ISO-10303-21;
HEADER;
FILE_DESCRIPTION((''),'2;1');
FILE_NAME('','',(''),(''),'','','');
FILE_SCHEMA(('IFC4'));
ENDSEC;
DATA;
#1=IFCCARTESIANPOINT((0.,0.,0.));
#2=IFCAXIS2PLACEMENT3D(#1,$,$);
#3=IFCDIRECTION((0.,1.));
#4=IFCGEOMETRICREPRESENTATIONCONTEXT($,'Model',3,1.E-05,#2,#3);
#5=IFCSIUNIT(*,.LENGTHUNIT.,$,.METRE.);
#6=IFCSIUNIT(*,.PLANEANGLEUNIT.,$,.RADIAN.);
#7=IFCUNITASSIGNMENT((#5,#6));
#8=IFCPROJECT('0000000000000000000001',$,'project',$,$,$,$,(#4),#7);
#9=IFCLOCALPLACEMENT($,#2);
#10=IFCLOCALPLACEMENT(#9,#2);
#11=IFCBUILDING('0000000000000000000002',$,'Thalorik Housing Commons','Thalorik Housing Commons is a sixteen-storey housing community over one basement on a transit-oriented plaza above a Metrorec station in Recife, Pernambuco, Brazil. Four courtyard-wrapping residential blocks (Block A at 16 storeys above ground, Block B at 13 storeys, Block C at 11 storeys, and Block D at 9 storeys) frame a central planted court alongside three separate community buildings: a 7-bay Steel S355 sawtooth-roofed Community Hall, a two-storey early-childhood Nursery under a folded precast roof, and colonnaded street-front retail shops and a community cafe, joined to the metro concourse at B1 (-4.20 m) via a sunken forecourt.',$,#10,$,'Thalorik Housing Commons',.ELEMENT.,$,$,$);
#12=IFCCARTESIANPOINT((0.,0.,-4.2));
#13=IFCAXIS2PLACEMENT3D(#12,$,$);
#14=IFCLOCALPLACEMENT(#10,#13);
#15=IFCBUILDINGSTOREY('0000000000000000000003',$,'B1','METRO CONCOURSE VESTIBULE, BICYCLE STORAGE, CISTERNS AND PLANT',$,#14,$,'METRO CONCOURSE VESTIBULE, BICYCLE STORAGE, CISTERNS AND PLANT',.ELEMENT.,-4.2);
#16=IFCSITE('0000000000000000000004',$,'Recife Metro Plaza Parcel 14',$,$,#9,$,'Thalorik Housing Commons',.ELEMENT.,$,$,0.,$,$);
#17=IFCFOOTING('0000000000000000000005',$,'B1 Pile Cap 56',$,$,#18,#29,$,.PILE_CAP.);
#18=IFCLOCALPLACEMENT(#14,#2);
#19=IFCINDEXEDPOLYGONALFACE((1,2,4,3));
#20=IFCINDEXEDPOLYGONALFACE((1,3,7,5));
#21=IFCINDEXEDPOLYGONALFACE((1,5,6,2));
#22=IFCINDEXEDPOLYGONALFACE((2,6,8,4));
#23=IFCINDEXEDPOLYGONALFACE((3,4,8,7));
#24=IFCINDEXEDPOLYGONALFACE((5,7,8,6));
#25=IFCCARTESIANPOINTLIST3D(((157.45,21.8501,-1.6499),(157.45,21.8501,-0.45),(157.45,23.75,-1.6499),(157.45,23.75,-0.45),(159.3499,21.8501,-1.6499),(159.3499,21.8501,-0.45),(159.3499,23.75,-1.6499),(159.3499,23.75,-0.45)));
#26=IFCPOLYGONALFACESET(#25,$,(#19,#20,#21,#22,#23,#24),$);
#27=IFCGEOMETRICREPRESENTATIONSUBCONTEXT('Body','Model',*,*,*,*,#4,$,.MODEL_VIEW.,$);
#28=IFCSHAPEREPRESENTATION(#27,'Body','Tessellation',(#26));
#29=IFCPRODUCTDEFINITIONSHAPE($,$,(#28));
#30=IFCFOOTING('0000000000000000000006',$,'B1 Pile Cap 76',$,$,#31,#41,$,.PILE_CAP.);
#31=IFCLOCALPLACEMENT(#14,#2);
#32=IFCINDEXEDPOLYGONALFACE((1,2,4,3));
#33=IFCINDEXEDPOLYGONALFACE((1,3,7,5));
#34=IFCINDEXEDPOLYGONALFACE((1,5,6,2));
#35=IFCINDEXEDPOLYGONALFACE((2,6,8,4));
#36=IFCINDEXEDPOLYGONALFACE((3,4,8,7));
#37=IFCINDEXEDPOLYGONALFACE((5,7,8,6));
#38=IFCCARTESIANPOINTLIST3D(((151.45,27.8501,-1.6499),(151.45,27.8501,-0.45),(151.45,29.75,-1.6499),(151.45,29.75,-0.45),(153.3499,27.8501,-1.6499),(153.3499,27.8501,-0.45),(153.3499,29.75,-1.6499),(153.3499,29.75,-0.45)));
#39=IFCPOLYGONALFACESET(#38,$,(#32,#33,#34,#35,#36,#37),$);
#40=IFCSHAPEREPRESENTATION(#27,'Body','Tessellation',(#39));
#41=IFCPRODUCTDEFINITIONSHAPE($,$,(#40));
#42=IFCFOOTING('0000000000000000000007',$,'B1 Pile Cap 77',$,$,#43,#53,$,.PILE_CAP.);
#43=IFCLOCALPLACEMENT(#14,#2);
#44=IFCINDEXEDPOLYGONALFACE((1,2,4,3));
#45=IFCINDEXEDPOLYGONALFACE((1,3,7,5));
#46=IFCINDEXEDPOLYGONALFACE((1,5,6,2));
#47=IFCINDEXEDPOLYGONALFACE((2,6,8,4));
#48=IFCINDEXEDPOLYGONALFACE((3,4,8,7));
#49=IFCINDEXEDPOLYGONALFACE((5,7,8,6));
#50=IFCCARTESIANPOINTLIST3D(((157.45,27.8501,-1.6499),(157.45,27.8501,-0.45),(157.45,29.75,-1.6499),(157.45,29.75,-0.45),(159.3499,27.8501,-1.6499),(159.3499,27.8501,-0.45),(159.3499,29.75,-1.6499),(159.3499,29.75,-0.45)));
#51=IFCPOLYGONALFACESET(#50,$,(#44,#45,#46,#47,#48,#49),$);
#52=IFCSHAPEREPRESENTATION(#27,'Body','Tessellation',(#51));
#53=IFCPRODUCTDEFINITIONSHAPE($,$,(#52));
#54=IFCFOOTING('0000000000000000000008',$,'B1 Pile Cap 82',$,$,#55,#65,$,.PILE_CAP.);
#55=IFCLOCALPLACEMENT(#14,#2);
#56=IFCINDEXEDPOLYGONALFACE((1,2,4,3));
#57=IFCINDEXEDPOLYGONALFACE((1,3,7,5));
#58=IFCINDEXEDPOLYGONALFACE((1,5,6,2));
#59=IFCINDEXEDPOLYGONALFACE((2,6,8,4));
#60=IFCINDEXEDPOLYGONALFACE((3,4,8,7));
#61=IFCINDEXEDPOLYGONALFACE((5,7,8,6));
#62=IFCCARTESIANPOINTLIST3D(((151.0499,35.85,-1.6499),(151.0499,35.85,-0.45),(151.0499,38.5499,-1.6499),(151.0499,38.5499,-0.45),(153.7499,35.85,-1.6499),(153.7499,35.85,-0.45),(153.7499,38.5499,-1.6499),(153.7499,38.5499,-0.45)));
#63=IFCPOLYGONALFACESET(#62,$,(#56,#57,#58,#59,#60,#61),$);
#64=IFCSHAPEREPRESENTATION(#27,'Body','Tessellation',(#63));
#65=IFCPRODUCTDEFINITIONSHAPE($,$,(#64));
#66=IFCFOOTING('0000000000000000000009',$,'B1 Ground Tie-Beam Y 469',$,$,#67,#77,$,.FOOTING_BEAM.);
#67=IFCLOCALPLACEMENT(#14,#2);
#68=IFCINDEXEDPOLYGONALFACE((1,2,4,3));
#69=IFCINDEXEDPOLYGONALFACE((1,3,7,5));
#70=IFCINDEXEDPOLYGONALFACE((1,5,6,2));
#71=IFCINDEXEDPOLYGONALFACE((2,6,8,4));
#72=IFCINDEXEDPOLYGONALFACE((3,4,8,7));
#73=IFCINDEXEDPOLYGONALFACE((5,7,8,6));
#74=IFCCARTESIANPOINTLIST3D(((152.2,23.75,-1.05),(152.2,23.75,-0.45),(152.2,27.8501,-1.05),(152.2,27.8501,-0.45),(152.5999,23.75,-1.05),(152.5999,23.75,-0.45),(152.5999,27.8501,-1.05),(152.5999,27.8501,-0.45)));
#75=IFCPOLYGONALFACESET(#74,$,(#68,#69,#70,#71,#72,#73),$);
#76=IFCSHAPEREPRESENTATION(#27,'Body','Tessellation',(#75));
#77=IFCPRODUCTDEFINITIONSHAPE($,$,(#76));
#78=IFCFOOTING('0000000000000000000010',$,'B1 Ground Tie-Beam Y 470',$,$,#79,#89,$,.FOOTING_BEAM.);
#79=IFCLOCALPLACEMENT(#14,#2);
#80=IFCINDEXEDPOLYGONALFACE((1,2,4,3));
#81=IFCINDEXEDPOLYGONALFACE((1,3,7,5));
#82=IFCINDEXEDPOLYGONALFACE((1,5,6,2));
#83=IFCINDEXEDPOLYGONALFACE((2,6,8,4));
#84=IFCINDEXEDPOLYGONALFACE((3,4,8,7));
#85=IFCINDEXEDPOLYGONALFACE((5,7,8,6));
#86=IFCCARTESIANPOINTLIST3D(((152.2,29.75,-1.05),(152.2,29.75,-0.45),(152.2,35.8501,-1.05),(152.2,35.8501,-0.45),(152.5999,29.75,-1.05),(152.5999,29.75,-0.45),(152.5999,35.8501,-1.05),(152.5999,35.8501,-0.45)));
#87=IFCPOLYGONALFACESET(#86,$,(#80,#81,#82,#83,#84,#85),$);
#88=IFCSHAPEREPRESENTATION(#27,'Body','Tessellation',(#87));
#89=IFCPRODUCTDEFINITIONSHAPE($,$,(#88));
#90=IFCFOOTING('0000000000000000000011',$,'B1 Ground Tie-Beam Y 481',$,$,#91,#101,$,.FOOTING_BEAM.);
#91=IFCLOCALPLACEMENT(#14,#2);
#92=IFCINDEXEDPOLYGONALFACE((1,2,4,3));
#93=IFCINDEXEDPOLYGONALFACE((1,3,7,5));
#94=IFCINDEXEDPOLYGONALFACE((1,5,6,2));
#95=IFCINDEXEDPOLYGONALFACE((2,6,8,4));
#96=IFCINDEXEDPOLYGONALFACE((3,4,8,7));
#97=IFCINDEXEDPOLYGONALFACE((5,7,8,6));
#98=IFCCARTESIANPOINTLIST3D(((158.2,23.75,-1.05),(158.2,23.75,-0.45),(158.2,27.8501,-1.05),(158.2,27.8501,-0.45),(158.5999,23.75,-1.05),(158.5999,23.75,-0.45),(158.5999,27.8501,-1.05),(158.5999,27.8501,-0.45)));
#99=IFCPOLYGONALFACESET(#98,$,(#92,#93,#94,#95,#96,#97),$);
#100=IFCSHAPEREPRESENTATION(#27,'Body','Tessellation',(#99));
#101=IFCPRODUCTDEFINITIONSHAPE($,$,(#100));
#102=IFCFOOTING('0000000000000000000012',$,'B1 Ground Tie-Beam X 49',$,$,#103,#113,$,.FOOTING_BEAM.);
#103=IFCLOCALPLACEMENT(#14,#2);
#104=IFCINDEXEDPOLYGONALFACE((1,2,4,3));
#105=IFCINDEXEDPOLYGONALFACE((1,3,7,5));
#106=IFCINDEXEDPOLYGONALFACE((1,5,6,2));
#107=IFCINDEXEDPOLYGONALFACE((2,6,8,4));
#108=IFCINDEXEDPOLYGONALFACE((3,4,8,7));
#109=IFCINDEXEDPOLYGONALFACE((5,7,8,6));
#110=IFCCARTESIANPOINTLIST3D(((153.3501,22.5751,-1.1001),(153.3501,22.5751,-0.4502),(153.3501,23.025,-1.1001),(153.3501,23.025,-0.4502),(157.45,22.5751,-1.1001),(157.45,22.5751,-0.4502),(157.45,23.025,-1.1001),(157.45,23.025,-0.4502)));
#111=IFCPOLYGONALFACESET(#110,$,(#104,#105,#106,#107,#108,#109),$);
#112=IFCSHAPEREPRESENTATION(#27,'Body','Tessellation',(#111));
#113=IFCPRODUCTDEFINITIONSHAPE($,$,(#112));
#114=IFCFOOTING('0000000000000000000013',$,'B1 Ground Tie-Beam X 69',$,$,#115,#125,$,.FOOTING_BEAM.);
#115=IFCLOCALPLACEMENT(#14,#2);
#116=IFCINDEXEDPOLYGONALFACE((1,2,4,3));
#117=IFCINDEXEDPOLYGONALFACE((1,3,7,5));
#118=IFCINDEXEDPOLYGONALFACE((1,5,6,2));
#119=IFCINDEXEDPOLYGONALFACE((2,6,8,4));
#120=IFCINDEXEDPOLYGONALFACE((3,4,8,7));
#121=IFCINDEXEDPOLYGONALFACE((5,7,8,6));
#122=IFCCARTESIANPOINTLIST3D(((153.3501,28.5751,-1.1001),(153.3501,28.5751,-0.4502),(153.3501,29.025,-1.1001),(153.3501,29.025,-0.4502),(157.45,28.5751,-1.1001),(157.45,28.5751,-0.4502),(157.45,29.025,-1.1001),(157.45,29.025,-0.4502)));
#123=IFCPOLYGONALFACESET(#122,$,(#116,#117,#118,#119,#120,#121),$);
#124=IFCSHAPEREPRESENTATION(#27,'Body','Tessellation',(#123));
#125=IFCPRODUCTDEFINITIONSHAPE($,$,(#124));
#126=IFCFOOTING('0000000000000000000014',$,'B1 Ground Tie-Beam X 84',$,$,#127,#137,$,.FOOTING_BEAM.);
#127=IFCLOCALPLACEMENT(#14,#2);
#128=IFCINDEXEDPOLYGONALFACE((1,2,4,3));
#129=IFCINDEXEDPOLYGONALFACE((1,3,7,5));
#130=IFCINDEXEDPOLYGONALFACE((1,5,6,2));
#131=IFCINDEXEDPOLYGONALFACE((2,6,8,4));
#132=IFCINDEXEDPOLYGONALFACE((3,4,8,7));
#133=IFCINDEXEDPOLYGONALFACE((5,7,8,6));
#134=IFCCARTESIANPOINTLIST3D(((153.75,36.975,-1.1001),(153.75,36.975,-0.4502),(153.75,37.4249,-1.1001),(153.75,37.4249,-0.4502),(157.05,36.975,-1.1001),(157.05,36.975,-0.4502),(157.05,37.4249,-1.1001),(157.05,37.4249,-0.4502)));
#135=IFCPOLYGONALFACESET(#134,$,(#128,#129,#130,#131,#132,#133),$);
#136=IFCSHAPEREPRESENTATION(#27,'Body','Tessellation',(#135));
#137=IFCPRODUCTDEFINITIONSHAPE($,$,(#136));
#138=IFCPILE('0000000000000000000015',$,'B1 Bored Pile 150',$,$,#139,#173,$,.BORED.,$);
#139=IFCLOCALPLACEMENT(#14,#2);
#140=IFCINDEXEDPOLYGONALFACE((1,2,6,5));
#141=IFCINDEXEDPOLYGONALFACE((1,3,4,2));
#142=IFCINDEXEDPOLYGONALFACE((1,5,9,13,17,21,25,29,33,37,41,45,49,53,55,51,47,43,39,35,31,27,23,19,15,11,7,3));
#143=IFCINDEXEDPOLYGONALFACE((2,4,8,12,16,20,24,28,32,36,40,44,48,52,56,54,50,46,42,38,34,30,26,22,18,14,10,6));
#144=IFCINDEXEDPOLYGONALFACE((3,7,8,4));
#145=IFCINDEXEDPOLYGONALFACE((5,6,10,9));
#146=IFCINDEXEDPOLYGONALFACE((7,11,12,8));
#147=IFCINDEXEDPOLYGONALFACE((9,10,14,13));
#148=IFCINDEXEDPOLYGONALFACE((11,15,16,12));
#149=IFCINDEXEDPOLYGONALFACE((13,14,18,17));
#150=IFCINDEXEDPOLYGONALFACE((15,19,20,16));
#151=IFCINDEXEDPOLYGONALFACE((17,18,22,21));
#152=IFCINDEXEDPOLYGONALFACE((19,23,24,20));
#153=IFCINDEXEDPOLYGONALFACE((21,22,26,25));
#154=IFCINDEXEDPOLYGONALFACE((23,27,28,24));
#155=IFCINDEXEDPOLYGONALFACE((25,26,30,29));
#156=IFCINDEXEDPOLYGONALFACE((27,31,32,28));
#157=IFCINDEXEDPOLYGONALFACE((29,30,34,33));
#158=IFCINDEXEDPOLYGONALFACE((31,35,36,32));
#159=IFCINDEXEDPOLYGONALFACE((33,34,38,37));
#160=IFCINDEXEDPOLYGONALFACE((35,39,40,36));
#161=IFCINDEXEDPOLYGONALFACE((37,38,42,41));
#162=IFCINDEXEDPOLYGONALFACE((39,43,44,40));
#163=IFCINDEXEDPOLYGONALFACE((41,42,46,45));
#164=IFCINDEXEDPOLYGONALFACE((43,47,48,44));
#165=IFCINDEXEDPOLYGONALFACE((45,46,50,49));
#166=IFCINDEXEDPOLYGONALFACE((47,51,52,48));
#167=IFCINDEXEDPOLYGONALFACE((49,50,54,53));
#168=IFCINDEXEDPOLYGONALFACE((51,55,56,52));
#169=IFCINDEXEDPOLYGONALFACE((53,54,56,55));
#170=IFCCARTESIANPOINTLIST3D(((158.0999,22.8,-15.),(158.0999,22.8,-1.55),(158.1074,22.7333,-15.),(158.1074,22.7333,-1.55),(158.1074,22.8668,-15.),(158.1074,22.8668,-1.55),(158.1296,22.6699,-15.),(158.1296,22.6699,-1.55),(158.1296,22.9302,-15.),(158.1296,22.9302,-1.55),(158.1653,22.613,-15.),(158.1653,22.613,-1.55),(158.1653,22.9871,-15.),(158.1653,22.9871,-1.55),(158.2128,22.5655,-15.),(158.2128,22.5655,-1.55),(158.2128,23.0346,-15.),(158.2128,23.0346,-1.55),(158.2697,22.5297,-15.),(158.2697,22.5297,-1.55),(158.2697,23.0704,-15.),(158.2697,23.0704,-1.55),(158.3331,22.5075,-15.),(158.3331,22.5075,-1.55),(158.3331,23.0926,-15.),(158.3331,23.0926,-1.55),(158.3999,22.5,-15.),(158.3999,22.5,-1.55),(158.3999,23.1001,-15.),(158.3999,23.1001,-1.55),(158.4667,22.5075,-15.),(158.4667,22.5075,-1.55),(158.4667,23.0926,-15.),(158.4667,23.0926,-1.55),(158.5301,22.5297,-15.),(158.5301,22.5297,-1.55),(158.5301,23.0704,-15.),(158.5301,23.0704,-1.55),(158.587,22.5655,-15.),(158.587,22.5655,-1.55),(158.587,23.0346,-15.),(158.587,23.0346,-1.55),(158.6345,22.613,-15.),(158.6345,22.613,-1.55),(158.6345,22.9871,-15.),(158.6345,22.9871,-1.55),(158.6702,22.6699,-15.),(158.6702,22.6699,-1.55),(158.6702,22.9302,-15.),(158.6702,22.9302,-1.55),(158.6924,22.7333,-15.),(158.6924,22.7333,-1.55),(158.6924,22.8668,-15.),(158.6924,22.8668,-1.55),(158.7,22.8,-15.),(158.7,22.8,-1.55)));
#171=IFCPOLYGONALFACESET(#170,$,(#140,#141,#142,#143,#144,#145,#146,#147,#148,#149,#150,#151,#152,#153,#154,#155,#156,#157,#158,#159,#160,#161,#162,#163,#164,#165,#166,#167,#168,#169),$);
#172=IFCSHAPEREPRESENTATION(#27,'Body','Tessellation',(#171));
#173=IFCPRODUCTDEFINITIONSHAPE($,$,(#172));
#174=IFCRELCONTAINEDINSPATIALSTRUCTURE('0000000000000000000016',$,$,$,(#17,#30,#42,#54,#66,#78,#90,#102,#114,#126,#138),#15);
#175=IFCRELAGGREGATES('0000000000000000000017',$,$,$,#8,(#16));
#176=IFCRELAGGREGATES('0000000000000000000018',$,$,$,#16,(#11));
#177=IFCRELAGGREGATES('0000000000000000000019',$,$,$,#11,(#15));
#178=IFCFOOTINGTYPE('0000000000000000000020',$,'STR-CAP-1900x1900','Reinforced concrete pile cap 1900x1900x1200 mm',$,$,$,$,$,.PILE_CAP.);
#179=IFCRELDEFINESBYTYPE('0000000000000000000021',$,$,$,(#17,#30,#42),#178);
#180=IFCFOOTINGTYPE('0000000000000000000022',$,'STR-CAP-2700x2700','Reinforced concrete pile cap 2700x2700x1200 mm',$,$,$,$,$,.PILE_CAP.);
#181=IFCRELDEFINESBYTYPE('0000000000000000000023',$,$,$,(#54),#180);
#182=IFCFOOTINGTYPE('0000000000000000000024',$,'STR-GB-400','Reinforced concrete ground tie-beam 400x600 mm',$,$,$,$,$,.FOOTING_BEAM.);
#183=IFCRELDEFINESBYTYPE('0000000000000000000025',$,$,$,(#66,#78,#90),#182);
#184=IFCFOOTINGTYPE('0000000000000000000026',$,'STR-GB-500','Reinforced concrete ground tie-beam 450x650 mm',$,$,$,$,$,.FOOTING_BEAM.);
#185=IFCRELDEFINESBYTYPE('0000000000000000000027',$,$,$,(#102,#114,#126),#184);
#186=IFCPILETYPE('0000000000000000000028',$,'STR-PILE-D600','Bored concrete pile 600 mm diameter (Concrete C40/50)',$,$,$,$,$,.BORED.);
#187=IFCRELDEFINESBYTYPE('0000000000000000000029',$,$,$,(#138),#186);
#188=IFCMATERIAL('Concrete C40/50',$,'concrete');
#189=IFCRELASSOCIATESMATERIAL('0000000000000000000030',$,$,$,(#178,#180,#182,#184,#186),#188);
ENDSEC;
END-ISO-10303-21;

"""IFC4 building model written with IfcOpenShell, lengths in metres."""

from ifc_helpers import new_model, si_unit, direction, frame, origin, origin_2d, place, context, subcontext, project, spatial, rectangle, circle, extrude, material, material_profile, profile_set, type_object, element, save


model = new_model("IFC4")

# Units and contexts
model_context = context("Model", 3, precision=1e-05, world=origin(), true_north=direction((0.0, 1.0)))
body_context = subcontext(model_context, "Body", "Model", "MODEL_VIEW")
ifc_project = project(units=[si_unit("LENGTHUNIT", "METRE"), si_unit("PLANEANGLEUNIT", "RADIAN")], contexts=[model_context])

# Site, building, storey
site_placement = place(None, origin())
site = spatial("IfcSite", under=ifc_project, at=site_placement, Name="Recife Metro Plaza Parcel 14", LongName="Thalorik Housing Commons", CompositionType="ELEMENT", RefElevation=0.0)
building_placement = place(site_placement, origin())
building = spatial("IfcBuilding", under=site, at=building_placement, Name="Thalorik Housing Commons", Description="Thalorik Housing Commons is a sixteen-storey housing community over one basement on a transit-oriented plaza above a Metrorec station in Recife, Pernambuco, Brazil. Four courtyard-wrapping residential blocks (Block A at 16 storeys above ground, Block B at 13 storeys, Block C at 11 storeys, and Block D at 9 storeys) frame a central planted court alongside three separate community buildings: a 7-bay Steel S355 sawtooth-roofed Community Hall, a two-storey early-childhood Nursery under a folded precast roof, and colonnaded street-front retail shops and a community cafe, joined to the metro concourse at B1 (-4.20 m) via a sunken forecourt.", LongName="Thalorik Housing Commons", CompositionType="ELEMENT")
storey_placement = place(building_placement, frame((0.0, 0.0, -4.2)))
storey = spatial("IfcBuildingStorey", under=building, at=storey_placement, Name="B1", Description="METRO CONCOURSE VESTIBULE, BICYCLE STORAGE, CISTERNS AND PLANT", LongName="METRO CONCOURSE VESTIBULE, BICYCLE STORAGE, CISTERNS AND PLANT", CompositionType="ELEMENT", Elevation=-4.2)

# Footings
ifc_material_1 = material(Name="Concrete C40/50", Category="concrete")
footing_type_1 = type_object("IfcFootingType", Name="STR-CAP-1900x1900", Description="Reinforced concrete pile cap 1900x1900x1200 mm", PredefinedType="PILE_CAP", material=ifc_material_1)
for number, where, z_axis, x_axis, name in (
    (1, (158.3999, 22.8, -1.6499), (0.0, 0.0, 1.0), (1.0, 0.0, 0.0), "B1 Pile Cap 56"),
    (2, (152.3999, 28.8, -1.6499), (0.0, 0.0, 1.0), (1.0, 0.0, 0.0), "B1 Pile Cap 76"),
    (3, (158.3999, 28.8, -1.6499), (0.0, 0.0, 1.0), (1.0, 0.0, 0.0), "B1 Pile Cap 77"),
):
    element("IfcFooting", number, at=place(storey_placement, frame(where, z_axis=z_axis, x_axis=x_axis)), inside=storey, type_object=footing_type_1, Name=name, PredefinedType="PILE_CAP", context=body_context, shape_type="SweptSolid", body=[
        extrude(rectangle(XDim=1.8999, YDim=1.8999, at=origin_2d()), origin(), (0.0, 0.0, 1.0), 1.2),
    ])
footing_type_2 = type_object("IfcFootingType", Name="STR-CAP-2700x2700", Description="Reinforced concrete pile cap 2700x2700x1200 mm", PredefinedType="PILE_CAP", material=ifc_material_1)
footing_1_placement = place(storey_placement, frame((152.3999, 37.2, -1.6499), z_axis=(0.0, 0.0, 1.0), x_axis=(1.0, 0.0, 0.0)))
element("IfcFooting", 4, at=footing_1_placement, inside=storey, type_object=footing_type_2, Name="B1 Pile Cap 82", PredefinedType="PILE_CAP", context=body_context, shape_type="SweptSolid", body=[
    extrude(rectangle(XDim=2.7, YDim=2.7, at=origin_2d()), origin(), (0.0, 0.0, 1.0), 1.2),
])
ifc_material_profile_1 = material_profile(ifc_material_1, rectangle(XDim=0.3999, YDim=0.6001, at=origin_2d()), Name="RC 400x600", Category="concrete")
ifc_profile_set_1 = profile_set([ifc_material_profile_1], Name="Concrete C40/50")
footing_type_3 = type_object("IfcFootingType", Name="STR-GB-400", Description="Reinforced concrete ground tie-beam 400x600 mm", PredefinedType="FOOTING_BEAM", material=ifc_profile_set_1)
footing_2_placement = place(storey_placement, frame((152.3999, 23.75, -0.75), z_axis=(0.0, 1.0, 0.0), x_axis=(-1.0, 0.0, 0.0)))
element("IfcFooting", 5, at=footing_2_placement, inside=storey, type_object=footing_type_3, Name="B1 Ground Tie-Beam Y 469", PredefinedType="FOOTING_BEAM", context=body_context, shape_type="SweptSolid", body=[
    extrude(rectangle(XDim=0.3999, YDim=0.6001, at=origin_2d()), origin(), (0.0, 0.0, 1.0), 4.1001),
])
footing_3_placement = place(storey_placement, frame((152.3999, 29.75, -0.75), z_axis=(0.0, 1.0, 0.0), x_axis=(-1.0, 0.0, 0.0)))
element("IfcFooting", 6, at=footing_3_placement, inside=storey, type_object=footing_type_3, Name="B1 Ground Tie-Beam Y 470", PredefinedType="FOOTING_BEAM", context=body_context, shape_type="SweptSolid", body=[
    extrude(rectangle(XDim=0.3999, YDim=0.6001, at=origin_2d()), origin(), (0.0, 0.0, 1.0), 6.1001),
])
footing_4_placement = place(storey_placement, frame((158.3999, 23.75, -0.75), z_axis=(0.0, 1.0, 0.0), x_axis=(-1.0, 0.0, 0.0)))
element("IfcFooting", 7, at=footing_4_placement, inside=storey, type_object=footing_type_3, Name="B1 Ground Tie-Beam Y 481", PredefinedType="FOOTING_BEAM", context=body_context, shape_type="SweptSolid", body=[
    extrude(rectangle(XDim=0.3999, YDim=0.6001, at=origin_2d()), origin(), (0.0, 0.0, 1.0), 4.1001),
])
ifc_material_profile_2 = material_profile(ifc_material_1, rectangle(XDim=0.45, YDim=0.6499, at=origin_2d()), Name="RC 450x650", Category="concrete")
ifc_profile_set_2 = profile_set([ifc_material_profile_2], Name="Concrete C40/50")
footing_type_4 = type_object("IfcFootingType", Name="STR-GB-500", Description="Reinforced concrete ground tie-beam 450x650 mm", PredefinedType="FOOTING_BEAM", material=ifc_profile_set_2)
for number, where, z_axis, x_axis, name in (
    (8, (153.3501, 22.8, -0.7751), (1.0, 0.0, 0.0), (0.0, 1.0, 0.0), "B1 Ground Tie-Beam X 49"),
    (9, (153.3501, 28.8, -0.7751), (1.0, 0.0, 0.0), (0.0, 1.0, 0.0), "B1 Ground Tie-Beam X 69"),
):
    element("IfcFooting", number, at=place(storey_placement, frame(where, z_axis=z_axis, x_axis=x_axis)), inside=storey, type_object=footing_type_4, Name=name, PredefinedType="FOOTING_BEAM", context=body_context, shape_type="SweptSolid", body=[
        extrude(rectangle(XDim=0.45, YDim=0.6499, at=origin_2d()), origin(), (0.0, 0.0, 1.0), 4.0999),
    ])
footing_5_placement = place(storey_placement, frame((153.75, 37.2, -0.7751), z_axis=(1.0, 0.0, 0.0), x_axis=(0.0, 1.0, 0.0)))
element("IfcFooting", 10, at=footing_5_placement, inside=storey, type_object=footing_type_4, Name="B1 Ground Tie-Beam X 84", PredefinedType="FOOTING_BEAM", context=body_context, shape_type="SweptSolid", body=[
    extrude(rectangle(XDim=0.45, YDim=0.6499, at=origin_2d()), origin(), (0.0, 0.0, 1.0), 3.3),
])

# Pile
ifc_material_profile_3 = material_profile(ifc_material_1, circle(Radius=0.3, at=origin_2d()), Name="BORED PILE D600", Category="concrete")
ifc_profile_set_3 = profile_set([ifc_material_profile_3], Name="Concrete C40/50")
pile_type_1 = type_object("IfcPileType", Name="STR-PILE-D600", Description="Bored concrete pile 600 mm diameter (Concrete C40/50)", PredefinedType="BORED", material=ifc_profile_set_3)
for number, where, z_axis, x_axis, name in (
    (11, (158.3999, 22.8, -1.55), (0.0, 0.0, -1.0), (1.0, 0.0, 0.0), "B1 Bored Pile 150"),
):
    element("IfcPile", number, at=place(storey_placement, frame(where, z_axis=z_axis, x_axis=x_axis)), inside=storey, type_object=pile_type_1, Name=name, PredefinedType="BORED", context=body_context, shape_type="SweptSolid", body=[
        extrude(circle(Radius=0.3, at=origin_2d()), origin(), (0.0, 0.0, 1.0), 13.45),
    ])

save(model, "model.ifc")
